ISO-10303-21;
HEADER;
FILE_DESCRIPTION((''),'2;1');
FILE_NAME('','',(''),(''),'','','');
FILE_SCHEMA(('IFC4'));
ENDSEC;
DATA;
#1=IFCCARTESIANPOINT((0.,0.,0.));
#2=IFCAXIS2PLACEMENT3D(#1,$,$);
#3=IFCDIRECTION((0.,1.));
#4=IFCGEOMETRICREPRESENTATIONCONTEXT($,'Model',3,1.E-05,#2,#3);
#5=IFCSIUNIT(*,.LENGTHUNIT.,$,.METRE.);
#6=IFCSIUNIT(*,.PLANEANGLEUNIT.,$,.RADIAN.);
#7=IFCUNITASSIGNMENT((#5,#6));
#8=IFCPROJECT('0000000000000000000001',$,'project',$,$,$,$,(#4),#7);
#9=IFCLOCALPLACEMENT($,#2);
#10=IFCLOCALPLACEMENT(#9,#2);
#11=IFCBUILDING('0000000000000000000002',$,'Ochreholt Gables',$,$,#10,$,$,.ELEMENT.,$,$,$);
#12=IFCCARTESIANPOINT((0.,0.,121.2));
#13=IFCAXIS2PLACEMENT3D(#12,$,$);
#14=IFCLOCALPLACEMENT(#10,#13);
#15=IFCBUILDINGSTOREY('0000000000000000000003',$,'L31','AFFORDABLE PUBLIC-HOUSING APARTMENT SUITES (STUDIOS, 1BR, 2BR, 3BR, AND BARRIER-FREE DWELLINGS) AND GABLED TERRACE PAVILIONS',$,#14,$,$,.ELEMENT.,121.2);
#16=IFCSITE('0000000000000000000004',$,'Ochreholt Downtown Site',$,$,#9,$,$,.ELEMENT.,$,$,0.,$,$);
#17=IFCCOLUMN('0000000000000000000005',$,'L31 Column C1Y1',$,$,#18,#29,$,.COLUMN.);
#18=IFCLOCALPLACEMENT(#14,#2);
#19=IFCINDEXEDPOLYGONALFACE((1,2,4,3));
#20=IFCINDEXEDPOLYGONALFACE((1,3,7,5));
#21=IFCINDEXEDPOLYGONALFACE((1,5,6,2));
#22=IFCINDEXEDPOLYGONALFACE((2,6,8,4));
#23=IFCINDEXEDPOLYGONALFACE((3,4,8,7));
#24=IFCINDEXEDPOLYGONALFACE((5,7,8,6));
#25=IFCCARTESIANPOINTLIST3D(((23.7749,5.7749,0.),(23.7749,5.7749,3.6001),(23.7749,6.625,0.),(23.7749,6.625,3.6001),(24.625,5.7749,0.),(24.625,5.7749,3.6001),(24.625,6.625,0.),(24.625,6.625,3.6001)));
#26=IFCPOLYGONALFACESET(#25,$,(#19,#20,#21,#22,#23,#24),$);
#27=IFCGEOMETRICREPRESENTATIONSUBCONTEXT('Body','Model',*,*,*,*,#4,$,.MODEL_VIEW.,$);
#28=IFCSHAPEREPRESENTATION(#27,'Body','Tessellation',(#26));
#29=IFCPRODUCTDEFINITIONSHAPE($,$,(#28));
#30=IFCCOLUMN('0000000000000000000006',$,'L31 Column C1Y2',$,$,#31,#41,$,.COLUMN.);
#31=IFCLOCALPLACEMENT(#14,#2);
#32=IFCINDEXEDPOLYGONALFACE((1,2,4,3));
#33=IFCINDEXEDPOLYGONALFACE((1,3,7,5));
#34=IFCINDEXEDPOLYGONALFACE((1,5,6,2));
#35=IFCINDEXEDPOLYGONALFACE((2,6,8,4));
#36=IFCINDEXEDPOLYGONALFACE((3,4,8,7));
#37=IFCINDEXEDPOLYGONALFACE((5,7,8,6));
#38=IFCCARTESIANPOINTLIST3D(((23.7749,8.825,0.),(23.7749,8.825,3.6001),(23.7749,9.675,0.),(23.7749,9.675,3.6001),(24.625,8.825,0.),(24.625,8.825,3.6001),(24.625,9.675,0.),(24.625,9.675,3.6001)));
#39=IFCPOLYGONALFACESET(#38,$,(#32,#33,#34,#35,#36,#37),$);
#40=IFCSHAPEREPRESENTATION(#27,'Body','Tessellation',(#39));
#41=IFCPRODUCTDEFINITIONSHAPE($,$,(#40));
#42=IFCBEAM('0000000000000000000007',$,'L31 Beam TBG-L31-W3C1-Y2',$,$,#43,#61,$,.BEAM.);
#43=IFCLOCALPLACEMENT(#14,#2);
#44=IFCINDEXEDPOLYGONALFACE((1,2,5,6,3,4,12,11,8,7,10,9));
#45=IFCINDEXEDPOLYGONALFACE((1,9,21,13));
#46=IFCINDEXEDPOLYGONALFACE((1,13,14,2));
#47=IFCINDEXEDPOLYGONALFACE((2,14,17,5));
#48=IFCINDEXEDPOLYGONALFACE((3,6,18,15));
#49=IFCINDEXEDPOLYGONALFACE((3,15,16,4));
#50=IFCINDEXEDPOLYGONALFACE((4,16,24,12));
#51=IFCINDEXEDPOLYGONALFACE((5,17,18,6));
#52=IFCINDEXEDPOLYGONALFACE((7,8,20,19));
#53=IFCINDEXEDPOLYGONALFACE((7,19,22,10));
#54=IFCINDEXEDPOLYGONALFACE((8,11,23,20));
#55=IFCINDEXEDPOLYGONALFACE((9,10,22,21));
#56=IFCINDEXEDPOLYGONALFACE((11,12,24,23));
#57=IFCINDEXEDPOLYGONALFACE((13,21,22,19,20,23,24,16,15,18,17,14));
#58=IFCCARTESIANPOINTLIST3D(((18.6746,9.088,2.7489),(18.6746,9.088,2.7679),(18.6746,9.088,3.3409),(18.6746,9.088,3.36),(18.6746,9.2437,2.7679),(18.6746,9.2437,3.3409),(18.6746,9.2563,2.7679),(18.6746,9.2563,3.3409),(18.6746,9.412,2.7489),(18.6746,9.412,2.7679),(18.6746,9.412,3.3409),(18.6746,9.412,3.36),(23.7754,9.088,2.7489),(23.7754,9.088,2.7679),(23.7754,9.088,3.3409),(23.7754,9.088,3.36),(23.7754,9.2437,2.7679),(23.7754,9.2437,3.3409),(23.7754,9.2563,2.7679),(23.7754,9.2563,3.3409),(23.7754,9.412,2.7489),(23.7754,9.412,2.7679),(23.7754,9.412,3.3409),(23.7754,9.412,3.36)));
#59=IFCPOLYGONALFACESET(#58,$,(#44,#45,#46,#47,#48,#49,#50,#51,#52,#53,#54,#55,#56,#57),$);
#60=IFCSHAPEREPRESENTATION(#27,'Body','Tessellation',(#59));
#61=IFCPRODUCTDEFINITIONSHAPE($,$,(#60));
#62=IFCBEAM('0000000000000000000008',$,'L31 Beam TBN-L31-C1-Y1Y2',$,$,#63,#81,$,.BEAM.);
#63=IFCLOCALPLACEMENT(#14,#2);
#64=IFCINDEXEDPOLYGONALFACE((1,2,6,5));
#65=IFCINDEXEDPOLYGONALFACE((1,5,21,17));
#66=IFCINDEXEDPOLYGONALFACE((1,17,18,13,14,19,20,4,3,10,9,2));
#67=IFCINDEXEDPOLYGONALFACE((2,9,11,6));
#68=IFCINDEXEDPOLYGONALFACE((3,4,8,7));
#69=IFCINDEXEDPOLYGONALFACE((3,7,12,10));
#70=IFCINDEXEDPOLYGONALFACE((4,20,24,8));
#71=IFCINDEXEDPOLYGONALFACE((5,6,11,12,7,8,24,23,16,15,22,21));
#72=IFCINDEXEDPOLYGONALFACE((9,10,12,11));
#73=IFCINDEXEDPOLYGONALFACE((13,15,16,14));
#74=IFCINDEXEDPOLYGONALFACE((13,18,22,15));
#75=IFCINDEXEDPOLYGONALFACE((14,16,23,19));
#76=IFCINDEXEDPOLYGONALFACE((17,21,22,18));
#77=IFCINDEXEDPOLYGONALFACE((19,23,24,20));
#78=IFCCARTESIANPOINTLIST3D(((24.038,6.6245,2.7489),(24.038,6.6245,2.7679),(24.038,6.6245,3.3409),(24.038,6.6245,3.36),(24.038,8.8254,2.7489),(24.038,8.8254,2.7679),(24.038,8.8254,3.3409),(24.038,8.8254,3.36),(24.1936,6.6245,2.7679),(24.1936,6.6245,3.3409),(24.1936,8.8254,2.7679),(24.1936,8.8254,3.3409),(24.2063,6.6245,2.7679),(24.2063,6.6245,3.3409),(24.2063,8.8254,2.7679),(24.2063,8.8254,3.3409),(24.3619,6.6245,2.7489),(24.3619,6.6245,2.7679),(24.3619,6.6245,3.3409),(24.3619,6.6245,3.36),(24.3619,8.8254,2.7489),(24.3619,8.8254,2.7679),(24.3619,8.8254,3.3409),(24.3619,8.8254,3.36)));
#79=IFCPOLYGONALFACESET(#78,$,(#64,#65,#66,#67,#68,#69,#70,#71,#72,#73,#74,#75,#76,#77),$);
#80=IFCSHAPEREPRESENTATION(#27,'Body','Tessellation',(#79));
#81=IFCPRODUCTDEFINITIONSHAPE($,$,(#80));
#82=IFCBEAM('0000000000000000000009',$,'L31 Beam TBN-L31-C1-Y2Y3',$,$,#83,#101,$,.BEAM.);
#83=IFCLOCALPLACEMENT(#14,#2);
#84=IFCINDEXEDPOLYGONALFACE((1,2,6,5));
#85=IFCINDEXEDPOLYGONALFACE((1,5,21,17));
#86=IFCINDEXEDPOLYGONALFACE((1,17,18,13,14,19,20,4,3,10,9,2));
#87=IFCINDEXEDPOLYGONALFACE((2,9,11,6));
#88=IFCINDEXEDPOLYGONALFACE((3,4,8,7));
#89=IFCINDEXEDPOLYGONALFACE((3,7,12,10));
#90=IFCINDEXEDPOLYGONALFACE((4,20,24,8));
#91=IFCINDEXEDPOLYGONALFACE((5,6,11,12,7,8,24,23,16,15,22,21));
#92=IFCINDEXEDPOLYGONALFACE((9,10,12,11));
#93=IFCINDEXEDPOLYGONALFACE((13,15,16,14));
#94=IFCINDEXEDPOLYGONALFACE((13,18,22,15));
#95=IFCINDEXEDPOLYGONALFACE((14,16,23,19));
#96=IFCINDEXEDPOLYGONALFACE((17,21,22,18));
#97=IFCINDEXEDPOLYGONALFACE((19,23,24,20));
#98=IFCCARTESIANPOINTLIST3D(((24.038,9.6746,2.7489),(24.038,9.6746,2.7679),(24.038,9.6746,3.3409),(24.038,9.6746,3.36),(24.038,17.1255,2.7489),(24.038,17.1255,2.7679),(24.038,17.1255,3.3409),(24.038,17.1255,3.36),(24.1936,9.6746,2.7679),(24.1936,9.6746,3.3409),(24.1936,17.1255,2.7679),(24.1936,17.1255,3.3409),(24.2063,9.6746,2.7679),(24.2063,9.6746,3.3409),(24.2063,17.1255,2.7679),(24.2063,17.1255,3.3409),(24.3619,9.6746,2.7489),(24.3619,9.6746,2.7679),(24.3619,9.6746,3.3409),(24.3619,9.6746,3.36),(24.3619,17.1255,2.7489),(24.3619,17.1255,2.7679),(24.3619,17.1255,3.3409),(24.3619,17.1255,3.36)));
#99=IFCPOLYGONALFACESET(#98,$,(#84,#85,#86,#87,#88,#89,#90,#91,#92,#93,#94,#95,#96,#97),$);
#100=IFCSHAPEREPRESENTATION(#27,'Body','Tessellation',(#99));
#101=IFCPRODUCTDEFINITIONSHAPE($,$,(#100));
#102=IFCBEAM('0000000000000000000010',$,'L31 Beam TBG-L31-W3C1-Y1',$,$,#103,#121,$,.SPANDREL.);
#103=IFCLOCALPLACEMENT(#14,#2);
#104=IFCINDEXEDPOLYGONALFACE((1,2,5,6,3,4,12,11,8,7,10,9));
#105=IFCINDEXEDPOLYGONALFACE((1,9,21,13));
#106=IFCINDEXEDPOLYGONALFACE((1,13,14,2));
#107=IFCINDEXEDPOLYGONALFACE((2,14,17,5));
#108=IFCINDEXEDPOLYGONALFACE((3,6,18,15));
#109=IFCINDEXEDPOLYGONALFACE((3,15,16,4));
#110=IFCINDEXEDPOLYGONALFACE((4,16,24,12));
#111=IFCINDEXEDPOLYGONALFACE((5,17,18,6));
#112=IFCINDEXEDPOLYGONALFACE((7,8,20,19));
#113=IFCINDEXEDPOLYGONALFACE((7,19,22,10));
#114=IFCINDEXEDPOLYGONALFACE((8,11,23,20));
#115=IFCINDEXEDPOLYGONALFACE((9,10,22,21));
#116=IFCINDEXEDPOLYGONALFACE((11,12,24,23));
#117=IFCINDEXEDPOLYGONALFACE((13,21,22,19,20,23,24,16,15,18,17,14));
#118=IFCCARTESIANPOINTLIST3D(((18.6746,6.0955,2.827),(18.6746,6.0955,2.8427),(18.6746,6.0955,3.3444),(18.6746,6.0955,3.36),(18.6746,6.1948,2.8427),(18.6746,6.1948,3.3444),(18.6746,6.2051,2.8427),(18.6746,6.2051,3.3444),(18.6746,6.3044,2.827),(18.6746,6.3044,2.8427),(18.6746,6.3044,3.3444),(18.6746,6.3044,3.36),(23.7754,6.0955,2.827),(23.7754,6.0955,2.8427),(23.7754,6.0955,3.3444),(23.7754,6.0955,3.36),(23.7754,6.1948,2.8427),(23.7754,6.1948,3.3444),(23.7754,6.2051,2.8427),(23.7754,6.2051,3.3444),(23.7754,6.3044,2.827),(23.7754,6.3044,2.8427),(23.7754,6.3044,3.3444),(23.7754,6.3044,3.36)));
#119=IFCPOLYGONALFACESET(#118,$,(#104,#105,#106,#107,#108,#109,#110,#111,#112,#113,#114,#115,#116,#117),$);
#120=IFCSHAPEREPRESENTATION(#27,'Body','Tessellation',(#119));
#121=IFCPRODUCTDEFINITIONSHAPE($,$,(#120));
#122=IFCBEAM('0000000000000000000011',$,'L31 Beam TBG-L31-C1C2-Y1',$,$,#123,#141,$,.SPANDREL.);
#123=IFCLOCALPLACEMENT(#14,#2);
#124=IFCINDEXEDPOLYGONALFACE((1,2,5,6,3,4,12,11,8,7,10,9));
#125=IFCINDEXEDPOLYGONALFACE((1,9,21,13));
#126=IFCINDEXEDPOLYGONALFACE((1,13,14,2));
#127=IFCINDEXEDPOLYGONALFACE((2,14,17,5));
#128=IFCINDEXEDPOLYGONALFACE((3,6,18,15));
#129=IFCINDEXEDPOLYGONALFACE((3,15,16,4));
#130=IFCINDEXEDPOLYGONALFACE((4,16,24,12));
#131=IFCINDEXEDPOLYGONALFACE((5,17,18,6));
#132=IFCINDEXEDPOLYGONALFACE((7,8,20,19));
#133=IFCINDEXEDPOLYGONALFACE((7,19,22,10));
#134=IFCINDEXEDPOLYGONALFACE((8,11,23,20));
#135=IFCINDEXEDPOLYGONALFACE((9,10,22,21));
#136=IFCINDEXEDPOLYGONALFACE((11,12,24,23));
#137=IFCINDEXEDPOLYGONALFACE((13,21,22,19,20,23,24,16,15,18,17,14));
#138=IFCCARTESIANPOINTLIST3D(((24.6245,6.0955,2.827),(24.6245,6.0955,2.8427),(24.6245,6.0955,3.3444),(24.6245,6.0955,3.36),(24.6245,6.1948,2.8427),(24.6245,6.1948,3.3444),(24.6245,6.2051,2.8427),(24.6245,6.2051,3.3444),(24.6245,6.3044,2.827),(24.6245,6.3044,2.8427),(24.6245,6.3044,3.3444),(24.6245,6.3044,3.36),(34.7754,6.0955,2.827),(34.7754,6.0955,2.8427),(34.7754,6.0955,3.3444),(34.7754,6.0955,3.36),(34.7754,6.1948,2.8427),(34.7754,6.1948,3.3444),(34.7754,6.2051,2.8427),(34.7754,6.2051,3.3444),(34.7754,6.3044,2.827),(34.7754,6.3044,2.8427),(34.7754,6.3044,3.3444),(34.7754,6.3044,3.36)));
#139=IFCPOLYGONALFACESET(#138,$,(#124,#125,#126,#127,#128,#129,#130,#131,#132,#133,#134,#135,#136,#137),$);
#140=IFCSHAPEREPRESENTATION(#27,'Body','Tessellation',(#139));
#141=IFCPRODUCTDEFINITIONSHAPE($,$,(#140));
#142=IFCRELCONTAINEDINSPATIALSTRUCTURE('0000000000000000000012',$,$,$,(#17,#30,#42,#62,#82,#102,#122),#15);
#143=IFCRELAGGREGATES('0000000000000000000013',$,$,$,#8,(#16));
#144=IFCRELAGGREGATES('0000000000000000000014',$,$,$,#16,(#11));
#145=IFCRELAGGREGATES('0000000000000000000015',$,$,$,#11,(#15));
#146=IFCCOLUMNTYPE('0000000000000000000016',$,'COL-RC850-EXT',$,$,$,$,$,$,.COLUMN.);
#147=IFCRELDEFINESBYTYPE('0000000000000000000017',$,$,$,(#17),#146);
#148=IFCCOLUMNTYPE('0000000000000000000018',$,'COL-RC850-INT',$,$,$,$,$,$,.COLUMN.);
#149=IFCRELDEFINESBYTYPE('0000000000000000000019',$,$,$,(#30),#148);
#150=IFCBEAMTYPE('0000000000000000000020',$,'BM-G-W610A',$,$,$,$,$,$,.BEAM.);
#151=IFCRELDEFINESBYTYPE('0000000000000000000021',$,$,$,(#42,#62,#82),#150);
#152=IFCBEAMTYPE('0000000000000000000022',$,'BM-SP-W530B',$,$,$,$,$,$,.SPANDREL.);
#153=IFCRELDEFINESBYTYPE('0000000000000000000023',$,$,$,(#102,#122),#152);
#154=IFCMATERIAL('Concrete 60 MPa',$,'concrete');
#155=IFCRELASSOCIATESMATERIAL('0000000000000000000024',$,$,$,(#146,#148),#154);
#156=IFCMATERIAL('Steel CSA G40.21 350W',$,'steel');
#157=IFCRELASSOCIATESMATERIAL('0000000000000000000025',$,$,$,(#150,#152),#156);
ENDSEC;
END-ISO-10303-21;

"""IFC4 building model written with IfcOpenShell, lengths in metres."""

from ifc_helpers import new_model, si_unit, direction, frame, origin, origin_2d, place, context, subcontext, project, spatial, rectangle, i_section, extrude, material, material_profile, profile_set, type_object, element, save


model = new_model("IFC4")

# Units and contexts
model_context = context("Model", 3, precision=1e-05, world=origin(), true_north=direction((0.0, 1.0)))
body_context = subcontext(model_context, "Body", "Model", "MODEL_VIEW")
ifc_project = project(units=[si_unit("LENGTHUNIT", "METRE"), si_unit("PLANEANGLEUNIT", "RADIAN")], contexts=[model_context])

# Site, building, storey
site_placement = place(None, origin())
site = spatial("IfcSite", under=ifc_project, at=site_placement, Name="Ochreholt Downtown Site", CompositionType="ELEMENT", RefElevation=0.0)
building_placement = place(site_placement, origin())
building = spatial("IfcBuilding", under=site, at=building_placement, Name="Ochreholt Gables", CompositionType="ELEMENT")
storey_placement = place(building_placement, frame((0.0, 0.0, 121.2)))
storey = spatial("IfcBuildingStorey", under=building, at=storey_placement, Name="L31", Description="AFFORDABLE PUBLIC-HOUSING APARTMENT SUITES (STUDIOS, 1BR, 2BR, 3BR, AND BARRIER-FREE DWELLINGS) AND GABLED TERRACE PAVILIONS", CompositionType="ELEMENT", Elevation=121.2)

# Columns
ifc_material_1 = material(Name="Concrete 60 MPa", Category="concrete")
ifc_material_profile_1 = material_profile(ifc_material_1, rectangle(XDim=0.8501, YDim=0.8501, at=origin_2d()), Name="RC850X850")
ifc_profile_set_1 = profile_set([ifc_material_profile_1], Name="Concrete 60 MPa")
column_type_1 = type_object("IfcColumnType", Name="COL-RC850-EXT", PredefinedType="COLUMN", material=ifc_profile_set_1)
column_1_placement = place(storey_placement, frame((24.2, 6.2, 0.0), z_axis=(0.0, 0.0, 1.0), x_axis=(1.0, 0.0, 0.0)))
element("IfcColumn", 1, at=column_1_placement, inside=storey, type_object=column_type_1, Name="L31 Column C1Y1", PredefinedType="COLUMN", context=body_context, shape_type="SweptSolid", body=[
    extrude(rectangle(XDim=0.8501, YDim=0.8501, at=origin_2d()), origin(), (0.0, 0.0, 1.0), 3.6001),
])
ifc_material_profile_2 = material_profile(ifc_material_1, rectangle(XDim=0.8501, YDim=0.8501, at=origin_2d()), Name="RC850X850")
ifc_profile_set_2 = profile_set([ifc_material_profile_2], Name="Concrete 60 MPa")
column_type_2 = type_object("IfcColumnType", Name="COL-RC850-INT", PredefinedType="COLUMN", material=ifc_profile_set_2)
column_2_placement = place(storey_placement, frame((24.2, 9.25, 0.0), z_axis=(0.0, 0.0, 1.0), x_axis=(1.0, 0.0, 0.0)))
element("IfcColumn", 2, at=column_2_placement, inside=storey, type_object=column_type_2, Name="L31 Column C1Y2", PredefinedType="COLUMN", context=body_context, shape_type="SweptSolid", body=[
    extrude(rectangle(XDim=0.8501, YDim=0.8501, at=origin_2d()), origin(), (0.0, 0.0, 1.0), 3.6001),
])

# Beams
ifc_material_2 = material(Name="Steel CSA G40.21 350W", Category="steel")
ifc_material_profile_3 = material_profile(ifc_material_2, i_section(OverallWidth=0.324, OverallDepth=0.6111, WebThickness=0.0127, FlangeThickness=0.019, at=origin_2d()), Name="W610X155")
ifc_profile_set_3 = profile_set([ifc_material_profile_3], Name="Steel CSA G40.21 350W")
beam_type_1 = type_object("IfcBeamType", Name="BM-G-W610A", PredefinedType="BEAM", material=ifc_profile_set_3)
beam_1_placement = place(storey_placement, frame((18.6746, 9.25, 3.0544), z_axis=(1.0, 0.0, 0.0), x_axis=(0.0, 1.0, 0.0)))
element("IfcBeam", 3, at=beam_1_placement, inside=storey, type_object=beam_type_1, Name="L31 Beam TBG-L31-W3C1-Y2", PredefinedType="BEAM", context=body_context, shape_type="SweptSolid", body=[
    extrude(i_section(OverallWidth=0.324, OverallDepth=0.6111, WebThickness=0.0127, FlangeThickness=0.019, at=origin_2d()), origin(), (0.0, 0.0, 1.0), 5.1008),
])
beam_2_placement = place(storey_placement, frame((24.2, 6.6245, 3.0544), z_axis=(0.0, 1.0, 0.0), x_axis=(-1.0, 0.0, 0.0)))
element("IfcBeam", 4, at=beam_2_placement, inside=storey, type_object=beam_type_1, Name="L31 Beam TBN-L31-C1-Y1Y2", PredefinedType="BEAM", context=body_context, shape_type="SweptSolid", body=[
    extrude(i_section(OverallWidth=0.324, OverallDepth=0.6111, WebThickness=0.0127, FlangeThickness=0.019, at=origin_2d()), origin(), (0.0, 0.0, 1.0), 2.2009),
])
beam_3_placement = place(storey_placement, frame((24.2, 9.6746, 3.0544), z_axis=(0.0, 1.0, 0.0), x_axis=(-1.0, 0.0, 0.0)))
element("IfcBeam", 5, at=beam_3_placement, inside=storey, type_object=beam_type_1, Name="L31 Beam TBN-L31-C1-Y2Y3", PredefinedType="BEAM", context=body_context, shape_type="SweptSolid", body=[
    extrude(i_section(OverallWidth=0.324, OverallDepth=0.6111, WebThickness=0.0127, FlangeThickness=0.019, at=origin_2d()), origin(), (0.0, 0.0, 1.0), 7.4509),
])
ifc_material_profile_4 = material_profile(ifc_material_2, i_section(OverallWidth=0.209, OverallDepth=0.533, WebThickness=0.0103, FlangeThickness=0.0156, at=origin_2d()), Name="W530X92")
ifc_profile_set_4 = profile_set([ifc_material_profile_4], Name="Steel CSA G40.21 350W")
beam_type_2 = type_object("IfcBeamType", Name="BM-SP-W530B", PredefinedType="SPANDREL", material=ifc_profile_set_4)
beam_4_placement = place(storey_placement, frame((18.6746, 6.2, 3.0935), z_axis=(1.0, 0.0, 0.0), x_axis=(0.0, 1.0, 0.0)))
element("IfcBeam", 6, at=beam_4_placement, inside=storey, type_object=beam_type_2, Name="L31 Beam TBG-L31-W3C1-Y1", PredefinedType="SPANDREL", context=body_context, shape_type="SweptSolid", body=[
    extrude(i_section(OverallWidth=0.209, OverallDepth=0.533, WebThickness=0.0103, FlangeThickness=0.0156, at=origin_2d()), origin(), (0.0, 0.0, 1.0), 5.1008),
])
beam_5_placement = place(storey_placement, frame((24.6245, 6.2, 3.0935), z_axis=(1.0, 0.0, 0.0), x_axis=(0.0, 1.0, 0.0)))
element("IfcBeam", 7, at=beam_5_placement, inside=storey, type_object=beam_type_2, Name="L31 Beam TBG-L31-C1C2-Y1", PredefinedType="SPANDREL", context=body_context, shape_type="SweptSolid", body=[
    extrude(i_section(OverallWidth=0.209, OverallDepth=0.533, WebThickness=0.0103, FlangeThickness=0.0156, at=origin_2d()), origin(), (0.0, 0.0, 1.0), 10.1509),
])

save(model, "model.ifc")
